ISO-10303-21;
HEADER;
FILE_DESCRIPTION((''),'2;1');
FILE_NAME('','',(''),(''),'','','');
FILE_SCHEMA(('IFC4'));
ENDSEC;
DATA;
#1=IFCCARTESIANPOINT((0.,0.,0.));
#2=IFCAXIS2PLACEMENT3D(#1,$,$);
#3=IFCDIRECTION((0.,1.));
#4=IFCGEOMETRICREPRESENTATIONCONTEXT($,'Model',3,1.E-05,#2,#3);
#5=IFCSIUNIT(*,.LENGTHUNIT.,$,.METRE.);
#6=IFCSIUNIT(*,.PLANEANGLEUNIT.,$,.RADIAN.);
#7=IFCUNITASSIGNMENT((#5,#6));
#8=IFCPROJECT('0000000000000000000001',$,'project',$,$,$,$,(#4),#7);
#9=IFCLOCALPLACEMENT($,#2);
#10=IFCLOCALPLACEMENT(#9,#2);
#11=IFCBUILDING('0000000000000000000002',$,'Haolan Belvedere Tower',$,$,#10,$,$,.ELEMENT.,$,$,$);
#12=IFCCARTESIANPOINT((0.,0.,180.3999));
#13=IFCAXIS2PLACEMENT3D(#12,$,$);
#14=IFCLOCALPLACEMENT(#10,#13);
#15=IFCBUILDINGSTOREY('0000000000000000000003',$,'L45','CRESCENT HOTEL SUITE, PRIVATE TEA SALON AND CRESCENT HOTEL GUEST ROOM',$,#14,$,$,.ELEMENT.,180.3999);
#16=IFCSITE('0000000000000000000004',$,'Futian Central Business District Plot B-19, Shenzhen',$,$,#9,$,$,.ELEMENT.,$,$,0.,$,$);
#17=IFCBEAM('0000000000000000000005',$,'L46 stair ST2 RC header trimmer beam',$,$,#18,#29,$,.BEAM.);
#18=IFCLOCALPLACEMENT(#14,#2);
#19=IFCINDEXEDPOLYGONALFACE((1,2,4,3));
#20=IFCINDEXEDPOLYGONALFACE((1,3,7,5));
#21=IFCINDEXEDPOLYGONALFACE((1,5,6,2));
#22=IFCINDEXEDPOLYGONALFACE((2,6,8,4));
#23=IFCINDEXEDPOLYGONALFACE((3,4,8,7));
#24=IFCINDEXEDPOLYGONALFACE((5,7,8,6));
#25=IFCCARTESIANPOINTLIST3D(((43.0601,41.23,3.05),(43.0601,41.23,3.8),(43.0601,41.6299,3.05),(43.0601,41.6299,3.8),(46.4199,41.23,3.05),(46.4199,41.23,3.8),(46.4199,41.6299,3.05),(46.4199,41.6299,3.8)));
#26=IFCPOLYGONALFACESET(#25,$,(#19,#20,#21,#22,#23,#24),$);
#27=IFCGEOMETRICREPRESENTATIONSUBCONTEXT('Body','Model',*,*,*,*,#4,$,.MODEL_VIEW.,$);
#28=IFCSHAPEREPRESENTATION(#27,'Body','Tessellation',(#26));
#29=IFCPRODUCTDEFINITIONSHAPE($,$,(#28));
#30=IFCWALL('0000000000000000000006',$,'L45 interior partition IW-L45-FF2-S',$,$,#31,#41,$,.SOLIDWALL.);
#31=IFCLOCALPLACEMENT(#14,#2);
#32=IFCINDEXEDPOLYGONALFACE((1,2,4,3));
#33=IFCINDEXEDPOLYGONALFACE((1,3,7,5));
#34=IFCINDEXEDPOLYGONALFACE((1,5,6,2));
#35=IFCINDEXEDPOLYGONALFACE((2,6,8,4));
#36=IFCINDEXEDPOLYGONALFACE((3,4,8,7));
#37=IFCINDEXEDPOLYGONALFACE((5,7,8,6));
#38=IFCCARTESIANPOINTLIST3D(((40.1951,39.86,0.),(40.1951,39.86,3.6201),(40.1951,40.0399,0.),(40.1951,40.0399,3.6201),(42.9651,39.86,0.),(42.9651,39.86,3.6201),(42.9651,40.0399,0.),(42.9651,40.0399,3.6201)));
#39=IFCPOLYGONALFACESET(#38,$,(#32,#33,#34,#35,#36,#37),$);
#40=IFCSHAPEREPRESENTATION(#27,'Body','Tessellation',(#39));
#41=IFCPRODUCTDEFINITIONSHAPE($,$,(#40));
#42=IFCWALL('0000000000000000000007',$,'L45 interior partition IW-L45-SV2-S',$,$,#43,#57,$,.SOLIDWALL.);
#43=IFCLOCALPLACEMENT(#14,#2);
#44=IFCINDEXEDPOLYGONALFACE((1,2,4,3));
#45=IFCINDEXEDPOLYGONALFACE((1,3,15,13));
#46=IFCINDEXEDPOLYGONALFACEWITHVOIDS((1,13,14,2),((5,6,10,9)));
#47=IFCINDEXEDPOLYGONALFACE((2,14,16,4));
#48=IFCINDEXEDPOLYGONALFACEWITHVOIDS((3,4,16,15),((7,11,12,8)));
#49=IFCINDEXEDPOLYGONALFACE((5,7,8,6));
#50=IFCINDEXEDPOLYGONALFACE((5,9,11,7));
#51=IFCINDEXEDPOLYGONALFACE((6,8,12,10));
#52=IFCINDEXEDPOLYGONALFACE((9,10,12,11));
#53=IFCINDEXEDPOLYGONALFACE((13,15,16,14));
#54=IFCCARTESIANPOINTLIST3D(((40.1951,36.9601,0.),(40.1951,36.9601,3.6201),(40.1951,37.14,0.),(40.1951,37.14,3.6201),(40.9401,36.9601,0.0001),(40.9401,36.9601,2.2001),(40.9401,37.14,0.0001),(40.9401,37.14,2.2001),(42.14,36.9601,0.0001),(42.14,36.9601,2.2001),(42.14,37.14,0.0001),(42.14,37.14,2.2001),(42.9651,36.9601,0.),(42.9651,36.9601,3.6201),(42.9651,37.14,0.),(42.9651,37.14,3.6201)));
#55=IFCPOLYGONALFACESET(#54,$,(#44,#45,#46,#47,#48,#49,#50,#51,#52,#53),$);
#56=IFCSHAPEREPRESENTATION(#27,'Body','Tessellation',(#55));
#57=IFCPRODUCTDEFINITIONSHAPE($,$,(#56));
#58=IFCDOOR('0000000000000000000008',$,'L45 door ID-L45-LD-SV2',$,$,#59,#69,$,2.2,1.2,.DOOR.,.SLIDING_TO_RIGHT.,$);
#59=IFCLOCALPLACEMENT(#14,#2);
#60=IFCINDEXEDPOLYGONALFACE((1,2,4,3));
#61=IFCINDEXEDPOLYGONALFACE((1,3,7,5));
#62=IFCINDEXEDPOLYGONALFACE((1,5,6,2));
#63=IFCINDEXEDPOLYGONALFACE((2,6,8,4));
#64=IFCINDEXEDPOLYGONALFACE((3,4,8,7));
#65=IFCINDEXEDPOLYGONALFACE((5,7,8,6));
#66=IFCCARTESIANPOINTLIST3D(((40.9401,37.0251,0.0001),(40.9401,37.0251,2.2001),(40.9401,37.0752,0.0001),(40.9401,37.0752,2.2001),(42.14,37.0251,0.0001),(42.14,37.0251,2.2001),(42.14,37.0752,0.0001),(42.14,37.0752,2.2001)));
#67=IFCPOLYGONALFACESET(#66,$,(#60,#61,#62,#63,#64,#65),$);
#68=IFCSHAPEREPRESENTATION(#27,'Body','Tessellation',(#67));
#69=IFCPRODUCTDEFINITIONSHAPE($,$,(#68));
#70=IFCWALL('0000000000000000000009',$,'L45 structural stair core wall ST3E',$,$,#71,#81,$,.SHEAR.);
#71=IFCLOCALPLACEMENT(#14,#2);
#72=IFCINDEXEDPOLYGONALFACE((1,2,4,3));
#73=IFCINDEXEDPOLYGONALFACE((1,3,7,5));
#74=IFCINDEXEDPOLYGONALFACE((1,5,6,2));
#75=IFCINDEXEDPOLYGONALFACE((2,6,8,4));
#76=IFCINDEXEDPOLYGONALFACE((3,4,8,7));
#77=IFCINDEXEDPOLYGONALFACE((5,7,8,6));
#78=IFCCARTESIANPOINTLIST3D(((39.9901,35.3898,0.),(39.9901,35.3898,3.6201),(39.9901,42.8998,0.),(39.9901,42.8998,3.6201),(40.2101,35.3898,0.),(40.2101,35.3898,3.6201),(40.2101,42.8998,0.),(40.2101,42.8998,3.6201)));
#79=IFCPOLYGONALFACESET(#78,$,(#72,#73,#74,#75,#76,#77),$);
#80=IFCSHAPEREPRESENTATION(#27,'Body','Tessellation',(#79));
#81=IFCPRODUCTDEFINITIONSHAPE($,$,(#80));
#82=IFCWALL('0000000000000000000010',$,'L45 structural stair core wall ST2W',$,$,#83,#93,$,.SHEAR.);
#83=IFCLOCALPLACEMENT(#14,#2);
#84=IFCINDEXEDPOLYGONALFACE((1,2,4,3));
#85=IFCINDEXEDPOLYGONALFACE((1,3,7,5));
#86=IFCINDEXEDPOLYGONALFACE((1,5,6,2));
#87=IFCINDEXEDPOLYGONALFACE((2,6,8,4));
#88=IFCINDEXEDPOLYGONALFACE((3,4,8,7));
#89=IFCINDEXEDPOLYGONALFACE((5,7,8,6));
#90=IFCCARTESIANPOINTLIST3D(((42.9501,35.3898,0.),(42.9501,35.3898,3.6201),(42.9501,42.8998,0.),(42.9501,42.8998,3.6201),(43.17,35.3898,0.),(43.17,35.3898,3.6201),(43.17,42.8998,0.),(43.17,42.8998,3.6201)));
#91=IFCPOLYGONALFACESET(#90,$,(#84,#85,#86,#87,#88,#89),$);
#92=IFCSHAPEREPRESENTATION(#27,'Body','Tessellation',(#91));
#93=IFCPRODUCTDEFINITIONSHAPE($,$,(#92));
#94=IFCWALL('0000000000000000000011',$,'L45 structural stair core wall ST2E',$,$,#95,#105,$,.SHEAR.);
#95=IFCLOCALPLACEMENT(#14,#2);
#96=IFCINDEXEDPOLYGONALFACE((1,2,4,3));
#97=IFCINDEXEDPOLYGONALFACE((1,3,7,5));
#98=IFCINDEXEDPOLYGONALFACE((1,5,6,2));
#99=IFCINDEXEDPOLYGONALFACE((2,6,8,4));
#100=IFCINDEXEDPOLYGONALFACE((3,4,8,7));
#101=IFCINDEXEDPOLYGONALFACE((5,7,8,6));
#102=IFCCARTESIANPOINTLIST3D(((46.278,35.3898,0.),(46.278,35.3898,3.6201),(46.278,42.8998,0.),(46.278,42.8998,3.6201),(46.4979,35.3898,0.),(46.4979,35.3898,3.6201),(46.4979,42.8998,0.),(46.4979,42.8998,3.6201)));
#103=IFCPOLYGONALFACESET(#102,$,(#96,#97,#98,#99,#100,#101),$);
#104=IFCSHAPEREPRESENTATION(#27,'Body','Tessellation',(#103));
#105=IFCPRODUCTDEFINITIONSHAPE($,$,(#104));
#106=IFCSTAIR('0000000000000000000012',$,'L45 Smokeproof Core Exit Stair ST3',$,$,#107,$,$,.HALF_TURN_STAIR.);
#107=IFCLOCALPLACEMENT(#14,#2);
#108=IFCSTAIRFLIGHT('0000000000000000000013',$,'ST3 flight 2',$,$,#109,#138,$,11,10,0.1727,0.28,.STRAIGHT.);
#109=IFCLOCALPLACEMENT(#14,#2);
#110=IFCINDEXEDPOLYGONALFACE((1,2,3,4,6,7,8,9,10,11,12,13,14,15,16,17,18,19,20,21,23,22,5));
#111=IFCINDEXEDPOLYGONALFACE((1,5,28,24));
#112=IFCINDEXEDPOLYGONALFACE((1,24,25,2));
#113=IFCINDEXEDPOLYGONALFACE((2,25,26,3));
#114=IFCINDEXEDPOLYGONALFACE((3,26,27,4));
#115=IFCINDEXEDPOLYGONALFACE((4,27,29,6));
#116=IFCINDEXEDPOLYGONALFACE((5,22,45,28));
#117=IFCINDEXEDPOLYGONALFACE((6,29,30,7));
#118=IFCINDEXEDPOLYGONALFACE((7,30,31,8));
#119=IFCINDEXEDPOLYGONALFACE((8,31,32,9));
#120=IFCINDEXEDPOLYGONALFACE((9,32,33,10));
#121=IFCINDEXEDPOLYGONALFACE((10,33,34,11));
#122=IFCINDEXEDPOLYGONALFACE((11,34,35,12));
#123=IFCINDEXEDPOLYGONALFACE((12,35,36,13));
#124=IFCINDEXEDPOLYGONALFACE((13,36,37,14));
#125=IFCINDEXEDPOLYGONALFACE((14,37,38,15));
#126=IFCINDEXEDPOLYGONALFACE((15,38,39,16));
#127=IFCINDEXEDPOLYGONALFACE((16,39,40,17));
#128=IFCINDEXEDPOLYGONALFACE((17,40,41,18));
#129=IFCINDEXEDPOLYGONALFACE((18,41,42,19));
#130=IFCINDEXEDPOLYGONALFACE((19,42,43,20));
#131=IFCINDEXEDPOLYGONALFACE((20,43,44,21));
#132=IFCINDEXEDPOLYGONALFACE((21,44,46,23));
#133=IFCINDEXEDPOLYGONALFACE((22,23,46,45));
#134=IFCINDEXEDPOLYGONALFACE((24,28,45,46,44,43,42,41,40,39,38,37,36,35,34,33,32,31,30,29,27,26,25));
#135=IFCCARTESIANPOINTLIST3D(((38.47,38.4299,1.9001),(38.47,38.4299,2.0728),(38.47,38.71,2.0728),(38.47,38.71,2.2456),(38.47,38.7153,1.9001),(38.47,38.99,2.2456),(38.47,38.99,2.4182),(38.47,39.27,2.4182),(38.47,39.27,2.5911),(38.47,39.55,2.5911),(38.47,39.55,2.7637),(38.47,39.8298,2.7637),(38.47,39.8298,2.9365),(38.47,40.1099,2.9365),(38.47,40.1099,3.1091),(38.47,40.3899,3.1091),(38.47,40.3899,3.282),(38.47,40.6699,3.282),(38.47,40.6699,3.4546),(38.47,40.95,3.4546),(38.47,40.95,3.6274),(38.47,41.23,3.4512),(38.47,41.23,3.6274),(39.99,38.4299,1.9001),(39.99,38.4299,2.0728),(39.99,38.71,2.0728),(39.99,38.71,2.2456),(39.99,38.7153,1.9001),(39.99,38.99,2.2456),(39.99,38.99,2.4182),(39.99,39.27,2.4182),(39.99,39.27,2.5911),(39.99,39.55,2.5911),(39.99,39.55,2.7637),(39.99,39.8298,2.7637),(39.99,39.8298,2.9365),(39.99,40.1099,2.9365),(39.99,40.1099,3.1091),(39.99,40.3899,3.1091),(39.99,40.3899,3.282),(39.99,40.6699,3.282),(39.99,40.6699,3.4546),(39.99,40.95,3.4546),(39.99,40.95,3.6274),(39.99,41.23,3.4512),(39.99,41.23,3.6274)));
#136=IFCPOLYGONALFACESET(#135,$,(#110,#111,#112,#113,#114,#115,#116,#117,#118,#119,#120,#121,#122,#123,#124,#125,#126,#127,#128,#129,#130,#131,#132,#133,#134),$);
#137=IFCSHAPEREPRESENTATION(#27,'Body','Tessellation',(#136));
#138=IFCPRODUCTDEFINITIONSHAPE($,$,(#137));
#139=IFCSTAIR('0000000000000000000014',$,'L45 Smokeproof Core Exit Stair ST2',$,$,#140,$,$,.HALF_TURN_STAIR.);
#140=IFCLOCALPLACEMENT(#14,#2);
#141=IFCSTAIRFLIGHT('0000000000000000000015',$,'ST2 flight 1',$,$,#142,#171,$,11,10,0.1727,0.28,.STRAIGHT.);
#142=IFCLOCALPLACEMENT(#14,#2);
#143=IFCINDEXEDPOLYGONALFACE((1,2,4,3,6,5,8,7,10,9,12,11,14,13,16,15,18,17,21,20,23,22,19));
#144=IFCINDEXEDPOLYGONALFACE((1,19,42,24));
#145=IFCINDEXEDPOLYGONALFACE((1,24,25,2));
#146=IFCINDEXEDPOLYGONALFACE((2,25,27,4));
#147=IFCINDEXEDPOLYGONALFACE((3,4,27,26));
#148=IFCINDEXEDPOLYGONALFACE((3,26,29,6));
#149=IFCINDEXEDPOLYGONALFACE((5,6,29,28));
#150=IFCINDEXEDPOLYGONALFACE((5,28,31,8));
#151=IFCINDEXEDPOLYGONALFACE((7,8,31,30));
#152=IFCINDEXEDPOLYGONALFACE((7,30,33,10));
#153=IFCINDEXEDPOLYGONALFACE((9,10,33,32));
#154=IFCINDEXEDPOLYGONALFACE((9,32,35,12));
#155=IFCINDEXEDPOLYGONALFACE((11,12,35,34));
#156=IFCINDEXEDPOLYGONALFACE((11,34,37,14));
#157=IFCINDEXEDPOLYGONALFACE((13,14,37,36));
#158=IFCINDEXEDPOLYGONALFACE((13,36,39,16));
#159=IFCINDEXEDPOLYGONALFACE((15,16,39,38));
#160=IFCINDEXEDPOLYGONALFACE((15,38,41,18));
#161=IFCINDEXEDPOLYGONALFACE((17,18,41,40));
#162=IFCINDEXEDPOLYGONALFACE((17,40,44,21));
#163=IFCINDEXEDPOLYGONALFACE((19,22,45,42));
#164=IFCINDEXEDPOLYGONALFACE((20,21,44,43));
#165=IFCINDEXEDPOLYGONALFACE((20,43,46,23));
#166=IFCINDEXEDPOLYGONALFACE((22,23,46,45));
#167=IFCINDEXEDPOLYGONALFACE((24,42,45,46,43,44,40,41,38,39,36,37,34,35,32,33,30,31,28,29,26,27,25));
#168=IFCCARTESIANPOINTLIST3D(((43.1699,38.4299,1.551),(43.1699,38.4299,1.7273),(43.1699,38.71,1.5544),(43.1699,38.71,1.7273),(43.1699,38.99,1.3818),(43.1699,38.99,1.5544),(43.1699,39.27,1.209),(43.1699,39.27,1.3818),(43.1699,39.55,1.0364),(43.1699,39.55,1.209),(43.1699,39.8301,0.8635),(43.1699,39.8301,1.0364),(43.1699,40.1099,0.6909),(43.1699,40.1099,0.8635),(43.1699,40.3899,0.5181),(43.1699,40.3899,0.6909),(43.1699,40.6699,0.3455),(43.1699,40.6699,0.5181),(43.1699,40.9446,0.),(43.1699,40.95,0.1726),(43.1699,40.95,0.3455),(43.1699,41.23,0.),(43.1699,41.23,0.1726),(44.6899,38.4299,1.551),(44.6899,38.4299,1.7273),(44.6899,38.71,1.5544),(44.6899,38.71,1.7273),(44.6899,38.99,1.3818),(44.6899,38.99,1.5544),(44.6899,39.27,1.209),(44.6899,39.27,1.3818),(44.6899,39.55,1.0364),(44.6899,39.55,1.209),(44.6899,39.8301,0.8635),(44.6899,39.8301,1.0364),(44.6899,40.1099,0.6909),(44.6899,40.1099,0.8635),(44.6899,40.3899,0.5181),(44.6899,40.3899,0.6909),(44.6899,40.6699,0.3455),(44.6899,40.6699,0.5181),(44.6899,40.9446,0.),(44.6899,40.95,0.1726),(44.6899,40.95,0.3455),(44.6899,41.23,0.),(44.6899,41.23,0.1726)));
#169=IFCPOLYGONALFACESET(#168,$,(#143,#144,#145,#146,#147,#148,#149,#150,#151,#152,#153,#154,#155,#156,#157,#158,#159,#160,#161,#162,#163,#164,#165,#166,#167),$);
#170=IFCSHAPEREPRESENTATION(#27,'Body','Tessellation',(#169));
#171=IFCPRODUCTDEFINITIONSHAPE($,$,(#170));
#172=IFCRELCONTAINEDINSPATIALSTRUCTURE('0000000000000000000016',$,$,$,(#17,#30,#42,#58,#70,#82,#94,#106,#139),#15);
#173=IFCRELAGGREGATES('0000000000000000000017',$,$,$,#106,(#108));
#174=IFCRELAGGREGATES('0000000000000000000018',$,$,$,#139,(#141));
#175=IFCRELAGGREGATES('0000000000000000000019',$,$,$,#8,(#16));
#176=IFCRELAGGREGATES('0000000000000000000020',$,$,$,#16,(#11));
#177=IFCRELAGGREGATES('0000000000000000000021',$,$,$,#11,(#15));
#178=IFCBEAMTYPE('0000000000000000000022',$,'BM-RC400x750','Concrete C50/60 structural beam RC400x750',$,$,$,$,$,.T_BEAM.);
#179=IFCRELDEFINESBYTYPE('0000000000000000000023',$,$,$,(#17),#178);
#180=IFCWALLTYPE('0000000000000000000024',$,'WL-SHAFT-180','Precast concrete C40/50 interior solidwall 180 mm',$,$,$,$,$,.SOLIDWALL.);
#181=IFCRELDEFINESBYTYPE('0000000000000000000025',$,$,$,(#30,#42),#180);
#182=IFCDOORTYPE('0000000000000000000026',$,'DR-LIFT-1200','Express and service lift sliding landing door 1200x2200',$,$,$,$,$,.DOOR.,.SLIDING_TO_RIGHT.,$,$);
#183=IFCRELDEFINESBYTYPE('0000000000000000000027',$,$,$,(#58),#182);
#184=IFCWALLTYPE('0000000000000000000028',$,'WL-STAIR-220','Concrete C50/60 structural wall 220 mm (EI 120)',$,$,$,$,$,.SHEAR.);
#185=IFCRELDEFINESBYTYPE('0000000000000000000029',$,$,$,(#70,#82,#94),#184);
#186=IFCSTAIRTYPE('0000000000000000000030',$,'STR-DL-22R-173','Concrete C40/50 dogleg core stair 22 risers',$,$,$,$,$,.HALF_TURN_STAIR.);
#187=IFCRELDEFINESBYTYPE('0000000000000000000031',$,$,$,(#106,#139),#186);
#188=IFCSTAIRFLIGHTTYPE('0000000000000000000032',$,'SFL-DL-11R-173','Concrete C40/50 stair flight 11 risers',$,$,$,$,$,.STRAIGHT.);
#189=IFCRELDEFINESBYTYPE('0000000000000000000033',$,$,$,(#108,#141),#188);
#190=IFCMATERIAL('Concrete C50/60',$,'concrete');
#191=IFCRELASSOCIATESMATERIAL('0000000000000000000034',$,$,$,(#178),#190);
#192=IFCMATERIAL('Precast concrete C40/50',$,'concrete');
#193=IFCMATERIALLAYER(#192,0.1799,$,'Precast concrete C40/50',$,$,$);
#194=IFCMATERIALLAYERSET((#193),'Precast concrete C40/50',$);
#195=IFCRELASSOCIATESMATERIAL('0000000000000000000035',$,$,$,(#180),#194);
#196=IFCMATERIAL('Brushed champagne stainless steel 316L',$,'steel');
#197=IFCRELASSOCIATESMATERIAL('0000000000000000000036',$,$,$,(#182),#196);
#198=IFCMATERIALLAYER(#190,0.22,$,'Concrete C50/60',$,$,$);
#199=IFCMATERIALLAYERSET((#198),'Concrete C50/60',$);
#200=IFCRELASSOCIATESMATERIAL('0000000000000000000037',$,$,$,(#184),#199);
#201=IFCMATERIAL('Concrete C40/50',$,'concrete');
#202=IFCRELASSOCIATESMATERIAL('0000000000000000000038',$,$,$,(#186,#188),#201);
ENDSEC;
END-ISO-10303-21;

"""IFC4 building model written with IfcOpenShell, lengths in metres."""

from ifc_helpers import new_model, si_unit, direction, frame, frame_2d, origin, origin_2d, place, context, subcontext, project, spatial, polyline, rectangle, outline, extrude, material, layer, layer_set, material_profile, profile_set, type_object, element, fill, aggregate, save


model = new_model("IFC4")

# Units and contexts
model_context = context("Model", 3, precision=1e-05, world=origin(), true_north=direction((0.0, 1.0)))
body_context = subcontext(model_context, "Body", "Model", "MODEL_VIEW")
ifc_project = project(units=[si_unit("LENGTHUNIT", "METRE"), si_unit("PLANEANGLEUNIT", "RADIAN")], contexts=[model_context])

# Site, building, storey
site_placement = place(None, origin())
site = spatial("IfcSite", under=ifc_project, at=site_placement, Name="Futian Central Business District Plot B-19, Shenzhen", CompositionType="ELEMENT", RefElevation=0.0)
building_placement = place(site_placement, origin())
building = spatial("IfcBuilding", under=site, at=building_placement, Name="Haolan Belvedere Tower", CompositionType="ELEMENT")
storey_placement = place(building_placement, frame((0.0, 0.0, 180.3999)))
storey = spatial("IfcBuildingStorey", under=building, at=storey_placement, Name="L45", Description="CRESCENT HOTEL SUITE, PRIVATE TEA SALON AND CRESCENT HOTEL GUEST ROOM", CompositionType="ELEMENT", Elevation=180.3999)

# Beam
ifc_material_1 = material(Name="Concrete C50/60", Category="concrete")
ifc_material_profile = material_profile(ifc_material_1, rectangle(XDim=0.3999, YDim=0.75, at=origin_2d()), Name="Concrete C50/60")
ifc_profile_set = profile_set([ifc_material_profile], Name="Concrete C50/60")
beam_type = type_object("IfcBeamType", Name="BM-RC400x750", Description="Concrete C50/60 structural beam RC400x750", PredefinedType="T_BEAM", material=ifc_profile_set)
beam_placement = place(storey_placement, frame((43.0601, 41.4299, 3.425), z_axis=(1.0, 0.0, 0.0), x_axis=(0.0, 1.0, 0.0)))
element("IfcBeam", 1, at=beam_placement, inside=storey, type_object=beam_type, Name="L46 stair ST2 RC header trimmer beam", PredefinedType="BEAM", context=body_context, shape_type="SweptSolid", body=[
    extrude(rectangle(XDim=0.3999, YDim=0.75, at=origin_2d()), origin(), (0.0, 0.0, 1.0), 3.3599),
])

# Wall
ifc_material_2 = material(Name="Precast concrete C40/50", Category="concrete")
ifc_layer_1 = layer(ifc_material_2, 0.1799, Name="Precast concrete C40/50")
ifc_layer_set_1 = layer_set([ifc_layer_1], Name="Precast concrete C40/50")
wall_type_1 = type_object("IfcWallType", Name="WL-SHAFT-180", Description="Precast concrete C40/50 interior solidwall 180 mm", PredefinedType="SOLIDWALL", material=ifc_layer_set_1)
wall_1_placement = place(storey_placement, frame((40.1951, 39.95, 0.0), z_axis=(0.0, 0.0, 1.0), x_axis=(1.0, 0.0, 0.0)))
element("IfcWall", 2, at=wall_1_placement, inside=storey, type_object=wall_type_1, Name="L45 interior partition IW-L45-FF2-S", PredefinedType="SOLIDWALL", context=body_context, shape_type="SweptSolid", body=[
    extrude(rectangle(XDim=2.77, YDim=0.1799, at=frame_2d((1.385, 0.0))), origin(), (0.0, 0.0, 1.0), 3.6201),
])

# Wall, opening, door
wall_2_placement = place(storey_placement, frame((40.1951, 37.05, 0.0), z_axis=(0.0, 0.0, 1.0), x_axis=(1.0, 0.0, 0.0)))
wall_2 = element("IfcWall", 3, at=wall_2_placement, inside=storey, type_object=wall_type_1, Name="L45 interior partition IW-L45-SV2-S", PredefinedType="SOLIDWALL", context=body_context, shape_type="SweptSolid", body=[
    extrude(rectangle(XDim=2.77, YDim=0.1799, at=frame_2d((1.385, 0.0))), origin(), (0.0, 0.0, 1.0), 3.6201),
])
opening_placement = place(wall_2_placement, frame((1.9451, 0.0, 0.0), z_axis=(0.0, 0.0, 1.0), x_axis=(-1.0, 0.0, 0.0)))
opening = element("IfcOpeningElement", 4, at=opening_placement, cuts=wall_2, PredefinedType="OPENING", context=body_context, shape_type="SweptSolid", body=[
    extrude(rectangle(XDim=1.2, YDim=2.2, at=frame_2d((0.6001, 1.1001))), frame((0.0, 0.0999, 0.0), z_axis=(0.0, -1.0, 0.0), x_axis=(1.0, 0.0, 0.0)), (0.0, 0.0, 1.0), 0.2),
])
ifc_material_3 = material(Name="Brushed champagne stainless steel 316L", Category="steel")
door_type = type_object("IfcDoorType", Name="DR-LIFT-1200", Description="Express and service lift sliding landing door 1200x2200", OperationType="SLIDING_TO_RIGHT", PredefinedType="DOOR", material=ifc_material_3)
door_placement = place(opening_placement, origin())
door = element("IfcDoor", 5, at=door_placement, inside=storey, type_object=door_type, Name="L45 door ID-L45-LD-SV2", OperationType="SLIDING_TO_RIGHT", OverallHeight=2.2, OverallWidth=1.2, PredefinedType="DOOR", context=body_context, shape_type="SweptSolid", body=[
    extrude(rectangle(XDim=1.2, YDim=2.2, at=frame_2d((0.6001, 1.1001))), frame((0.0, 0.0249, 0.0), z_axis=(0.0, -1.0, 0.0), x_axis=(1.0, 0.0, 0.0)), (0.0, 0.0, 1.0), 0.05),
])
fill(opening, door)

# Walls
ifc_layer_2 = layer(ifc_material_1, 0.22, Name="Concrete C50/60")
ifc_layer_set_2 = layer_set([ifc_layer_2], Name="Concrete C50/60")
wall_type_2 = type_object("IfcWallType", Name="WL-STAIR-220", Description="Concrete C50/60 structural wall 220 mm (EI 120)", PredefinedType="SHEAR", material=ifc_layer_set_2)
for number, where, z_axis, x_axis, name in (
    (6, (40.1001, 35.3899, 0.0), (0.0, 0.0, 1.0), (0.0, 1.0, 0.0), "L45 structural stair core wall ST3E"),
    (7, (43.0601, 35.3899, 0.0), (0.0, 0.0, 1.0), (0.0, 1.0, 0.0), "L45 structural stair core wall ST2W"),
    (8, (46.3879, 35.3899, 0.0), (0.0, 0.0, 1.0), (0.0, 1.0, 0.0), "L45 structural stair core wall ST2E"),
):
    element("IfcWall", number, at=place(storey_placement, frame(where, z_axis=z_axis, x_axis=x_axis)), inside=storey, type_object=wall_type_2, Name=name, PredefinedType="SHEAR", context=body_context, shape_type="SweptSolid", body=[
        extrude(rectangle(XDim=7.51, YDim=0.22, at=frame_2d((3.7549, 0.0))), origin(), (0.0, 0.0, 1.0), 3.6201),
    ])

# Stair, stair flight
ifc_material_4 = material(Name="Concrete C40/50", Category="concrete")
stair_type = type_object("IfcStairType", Name="STR-DL-22R-173", Description="Concrete C40/50 dogleg core stair 22 risers", PredefinedType="HALF_TURN_STAIR", material=ifc_material_4)
stair_1_placement = place(storey_placement, origin())
stair_1 = element("IfcStair", 9, at=stair_1_placement, inside=storey, type_object=stair_type, Name="L45 Smokeproof Core Exit Stair ST3", PredefinedType="HALF_TURN_STAIR")
stair_flight_type = type_object("IfcStairFlightType", Name="SFL-DL-11R-173", Description="Concrete C40/50 stair flight 11 risers", PredefinedType="STRAIGHT", material=ifc_material_4)
stair_flight_1_placement = place(storey_placement, frame((39.23, 38.4299, 1.9001), z_axis=(0.0, 0.0, 1.0), x_axis=(0.0, 1.0, 0.0)))
stair_flight_1 = element("IfcStairFlight", 10, at=stair_flight_1_placement, type_object=stair_flight_type, Name="ST3 flight 2", NumberOfRisers=11, NumberOfTreads=10, PredefinedType="STRAIGHT", RiserHeight=0.1727, TreadLength=0.28, context=body_context, shape_type="SweptSolid", body=[
    extrude(outline(polyline([(0.0, 0.0), (0.0, 0.1726), (0.28, 0.1726), (0.28, 0.3455), (0.5601, 0.3455), (0.5601, 0.5181), (0.8401, 0.5181), (0.8401, 0.6909), (1.1201, 0.6909), (1.1201, 0.8635), (1.3999, 0.8635), (1.3999, 1.0364), (1.6799, 1.0364), (1.6799, 1.209), (1.96, 1.209), (1.96, 1.3818), (2.24, 1.3818), (2.24, 1.5544), (2.52, 1.5544), (2.52, 1.7273), (2.8, 1.7273), (2.8, 1.8999), (2.8, 1.551), (0.2854, 0.0), (0.0, 0.0)])), frame((0.0, 0.76, 0.0), z_axis=(0.0, -1.0, 0.0), x_axis=(1.0, 0.0, 0.0)), (0.0, 0.0, 1.0), 1.52),
])
aggregate(stair_1, [stair_flight_1])

# Stair, stair flight
stair_2_placement = place(storey_placement, origin())
stair_2 = element("IfcStair", 11, at=stair_2_placement, inside=storey, type_object=stair_type, Name="L45 Smokeproof Core Exit Stair ST2", PredefinedType="HALF_TURN_STAIR")
stair_flight_2_placement = place(storey_placement, frame((43.9299, 41.23, 0.0), z_axis=(0.0, 0.0, 1.0), x_axis=(0.0, -1.0, 0.0)))
stair_flight_2 = element("IfcStairFlight", 12, at=stair_flight_2_placement, type_object=stair_flight_type, Name="ST2 flight 1", NumberOfRisers=11, NumberOfTreads=10, PredefinedType="STRAIGHT", RiserHeight=0.1727, TreadLength=0.28, context=body_context, shape_type="SweptSolid", body=[
    extrude(outline(polyline([(0.0, 0.0), (0.0, 0.1726), (0.28, 0.1726), (0.28, 0.3455), (0.5601, 0.3455), (0.5601, 0.5181), (0.8401, 0.5181), (0.8401, 0.6909), (1.1201, 0.6909), (1.1201, 0.8635), (1.3999, 0.8635), (1.3999, 1.0364), (1.6799, 1.0364), (1.6799, 1.209), (1.96, 1.209), (1.96, 1.3818), (2.24, 1.3818), (2.24, 1.5544), (2.52, 1.5544), (2.52, 1.7273), (2.8, 1.7273), (2.8, 1.8999), (2.8, 1.551), (0.2854, 0.0), (0.0, 0.0)])), frame((0.0, 0.76, 0.0), z_axis=(0.0, -1.0, 0.0), x_axis=(1.0, 0.0, 0.0)), (0.0, 0.0, 1.0), 1.52),
])
aggregate(stair_2, [stair_flight_2])

save(model, "model.ifc")
